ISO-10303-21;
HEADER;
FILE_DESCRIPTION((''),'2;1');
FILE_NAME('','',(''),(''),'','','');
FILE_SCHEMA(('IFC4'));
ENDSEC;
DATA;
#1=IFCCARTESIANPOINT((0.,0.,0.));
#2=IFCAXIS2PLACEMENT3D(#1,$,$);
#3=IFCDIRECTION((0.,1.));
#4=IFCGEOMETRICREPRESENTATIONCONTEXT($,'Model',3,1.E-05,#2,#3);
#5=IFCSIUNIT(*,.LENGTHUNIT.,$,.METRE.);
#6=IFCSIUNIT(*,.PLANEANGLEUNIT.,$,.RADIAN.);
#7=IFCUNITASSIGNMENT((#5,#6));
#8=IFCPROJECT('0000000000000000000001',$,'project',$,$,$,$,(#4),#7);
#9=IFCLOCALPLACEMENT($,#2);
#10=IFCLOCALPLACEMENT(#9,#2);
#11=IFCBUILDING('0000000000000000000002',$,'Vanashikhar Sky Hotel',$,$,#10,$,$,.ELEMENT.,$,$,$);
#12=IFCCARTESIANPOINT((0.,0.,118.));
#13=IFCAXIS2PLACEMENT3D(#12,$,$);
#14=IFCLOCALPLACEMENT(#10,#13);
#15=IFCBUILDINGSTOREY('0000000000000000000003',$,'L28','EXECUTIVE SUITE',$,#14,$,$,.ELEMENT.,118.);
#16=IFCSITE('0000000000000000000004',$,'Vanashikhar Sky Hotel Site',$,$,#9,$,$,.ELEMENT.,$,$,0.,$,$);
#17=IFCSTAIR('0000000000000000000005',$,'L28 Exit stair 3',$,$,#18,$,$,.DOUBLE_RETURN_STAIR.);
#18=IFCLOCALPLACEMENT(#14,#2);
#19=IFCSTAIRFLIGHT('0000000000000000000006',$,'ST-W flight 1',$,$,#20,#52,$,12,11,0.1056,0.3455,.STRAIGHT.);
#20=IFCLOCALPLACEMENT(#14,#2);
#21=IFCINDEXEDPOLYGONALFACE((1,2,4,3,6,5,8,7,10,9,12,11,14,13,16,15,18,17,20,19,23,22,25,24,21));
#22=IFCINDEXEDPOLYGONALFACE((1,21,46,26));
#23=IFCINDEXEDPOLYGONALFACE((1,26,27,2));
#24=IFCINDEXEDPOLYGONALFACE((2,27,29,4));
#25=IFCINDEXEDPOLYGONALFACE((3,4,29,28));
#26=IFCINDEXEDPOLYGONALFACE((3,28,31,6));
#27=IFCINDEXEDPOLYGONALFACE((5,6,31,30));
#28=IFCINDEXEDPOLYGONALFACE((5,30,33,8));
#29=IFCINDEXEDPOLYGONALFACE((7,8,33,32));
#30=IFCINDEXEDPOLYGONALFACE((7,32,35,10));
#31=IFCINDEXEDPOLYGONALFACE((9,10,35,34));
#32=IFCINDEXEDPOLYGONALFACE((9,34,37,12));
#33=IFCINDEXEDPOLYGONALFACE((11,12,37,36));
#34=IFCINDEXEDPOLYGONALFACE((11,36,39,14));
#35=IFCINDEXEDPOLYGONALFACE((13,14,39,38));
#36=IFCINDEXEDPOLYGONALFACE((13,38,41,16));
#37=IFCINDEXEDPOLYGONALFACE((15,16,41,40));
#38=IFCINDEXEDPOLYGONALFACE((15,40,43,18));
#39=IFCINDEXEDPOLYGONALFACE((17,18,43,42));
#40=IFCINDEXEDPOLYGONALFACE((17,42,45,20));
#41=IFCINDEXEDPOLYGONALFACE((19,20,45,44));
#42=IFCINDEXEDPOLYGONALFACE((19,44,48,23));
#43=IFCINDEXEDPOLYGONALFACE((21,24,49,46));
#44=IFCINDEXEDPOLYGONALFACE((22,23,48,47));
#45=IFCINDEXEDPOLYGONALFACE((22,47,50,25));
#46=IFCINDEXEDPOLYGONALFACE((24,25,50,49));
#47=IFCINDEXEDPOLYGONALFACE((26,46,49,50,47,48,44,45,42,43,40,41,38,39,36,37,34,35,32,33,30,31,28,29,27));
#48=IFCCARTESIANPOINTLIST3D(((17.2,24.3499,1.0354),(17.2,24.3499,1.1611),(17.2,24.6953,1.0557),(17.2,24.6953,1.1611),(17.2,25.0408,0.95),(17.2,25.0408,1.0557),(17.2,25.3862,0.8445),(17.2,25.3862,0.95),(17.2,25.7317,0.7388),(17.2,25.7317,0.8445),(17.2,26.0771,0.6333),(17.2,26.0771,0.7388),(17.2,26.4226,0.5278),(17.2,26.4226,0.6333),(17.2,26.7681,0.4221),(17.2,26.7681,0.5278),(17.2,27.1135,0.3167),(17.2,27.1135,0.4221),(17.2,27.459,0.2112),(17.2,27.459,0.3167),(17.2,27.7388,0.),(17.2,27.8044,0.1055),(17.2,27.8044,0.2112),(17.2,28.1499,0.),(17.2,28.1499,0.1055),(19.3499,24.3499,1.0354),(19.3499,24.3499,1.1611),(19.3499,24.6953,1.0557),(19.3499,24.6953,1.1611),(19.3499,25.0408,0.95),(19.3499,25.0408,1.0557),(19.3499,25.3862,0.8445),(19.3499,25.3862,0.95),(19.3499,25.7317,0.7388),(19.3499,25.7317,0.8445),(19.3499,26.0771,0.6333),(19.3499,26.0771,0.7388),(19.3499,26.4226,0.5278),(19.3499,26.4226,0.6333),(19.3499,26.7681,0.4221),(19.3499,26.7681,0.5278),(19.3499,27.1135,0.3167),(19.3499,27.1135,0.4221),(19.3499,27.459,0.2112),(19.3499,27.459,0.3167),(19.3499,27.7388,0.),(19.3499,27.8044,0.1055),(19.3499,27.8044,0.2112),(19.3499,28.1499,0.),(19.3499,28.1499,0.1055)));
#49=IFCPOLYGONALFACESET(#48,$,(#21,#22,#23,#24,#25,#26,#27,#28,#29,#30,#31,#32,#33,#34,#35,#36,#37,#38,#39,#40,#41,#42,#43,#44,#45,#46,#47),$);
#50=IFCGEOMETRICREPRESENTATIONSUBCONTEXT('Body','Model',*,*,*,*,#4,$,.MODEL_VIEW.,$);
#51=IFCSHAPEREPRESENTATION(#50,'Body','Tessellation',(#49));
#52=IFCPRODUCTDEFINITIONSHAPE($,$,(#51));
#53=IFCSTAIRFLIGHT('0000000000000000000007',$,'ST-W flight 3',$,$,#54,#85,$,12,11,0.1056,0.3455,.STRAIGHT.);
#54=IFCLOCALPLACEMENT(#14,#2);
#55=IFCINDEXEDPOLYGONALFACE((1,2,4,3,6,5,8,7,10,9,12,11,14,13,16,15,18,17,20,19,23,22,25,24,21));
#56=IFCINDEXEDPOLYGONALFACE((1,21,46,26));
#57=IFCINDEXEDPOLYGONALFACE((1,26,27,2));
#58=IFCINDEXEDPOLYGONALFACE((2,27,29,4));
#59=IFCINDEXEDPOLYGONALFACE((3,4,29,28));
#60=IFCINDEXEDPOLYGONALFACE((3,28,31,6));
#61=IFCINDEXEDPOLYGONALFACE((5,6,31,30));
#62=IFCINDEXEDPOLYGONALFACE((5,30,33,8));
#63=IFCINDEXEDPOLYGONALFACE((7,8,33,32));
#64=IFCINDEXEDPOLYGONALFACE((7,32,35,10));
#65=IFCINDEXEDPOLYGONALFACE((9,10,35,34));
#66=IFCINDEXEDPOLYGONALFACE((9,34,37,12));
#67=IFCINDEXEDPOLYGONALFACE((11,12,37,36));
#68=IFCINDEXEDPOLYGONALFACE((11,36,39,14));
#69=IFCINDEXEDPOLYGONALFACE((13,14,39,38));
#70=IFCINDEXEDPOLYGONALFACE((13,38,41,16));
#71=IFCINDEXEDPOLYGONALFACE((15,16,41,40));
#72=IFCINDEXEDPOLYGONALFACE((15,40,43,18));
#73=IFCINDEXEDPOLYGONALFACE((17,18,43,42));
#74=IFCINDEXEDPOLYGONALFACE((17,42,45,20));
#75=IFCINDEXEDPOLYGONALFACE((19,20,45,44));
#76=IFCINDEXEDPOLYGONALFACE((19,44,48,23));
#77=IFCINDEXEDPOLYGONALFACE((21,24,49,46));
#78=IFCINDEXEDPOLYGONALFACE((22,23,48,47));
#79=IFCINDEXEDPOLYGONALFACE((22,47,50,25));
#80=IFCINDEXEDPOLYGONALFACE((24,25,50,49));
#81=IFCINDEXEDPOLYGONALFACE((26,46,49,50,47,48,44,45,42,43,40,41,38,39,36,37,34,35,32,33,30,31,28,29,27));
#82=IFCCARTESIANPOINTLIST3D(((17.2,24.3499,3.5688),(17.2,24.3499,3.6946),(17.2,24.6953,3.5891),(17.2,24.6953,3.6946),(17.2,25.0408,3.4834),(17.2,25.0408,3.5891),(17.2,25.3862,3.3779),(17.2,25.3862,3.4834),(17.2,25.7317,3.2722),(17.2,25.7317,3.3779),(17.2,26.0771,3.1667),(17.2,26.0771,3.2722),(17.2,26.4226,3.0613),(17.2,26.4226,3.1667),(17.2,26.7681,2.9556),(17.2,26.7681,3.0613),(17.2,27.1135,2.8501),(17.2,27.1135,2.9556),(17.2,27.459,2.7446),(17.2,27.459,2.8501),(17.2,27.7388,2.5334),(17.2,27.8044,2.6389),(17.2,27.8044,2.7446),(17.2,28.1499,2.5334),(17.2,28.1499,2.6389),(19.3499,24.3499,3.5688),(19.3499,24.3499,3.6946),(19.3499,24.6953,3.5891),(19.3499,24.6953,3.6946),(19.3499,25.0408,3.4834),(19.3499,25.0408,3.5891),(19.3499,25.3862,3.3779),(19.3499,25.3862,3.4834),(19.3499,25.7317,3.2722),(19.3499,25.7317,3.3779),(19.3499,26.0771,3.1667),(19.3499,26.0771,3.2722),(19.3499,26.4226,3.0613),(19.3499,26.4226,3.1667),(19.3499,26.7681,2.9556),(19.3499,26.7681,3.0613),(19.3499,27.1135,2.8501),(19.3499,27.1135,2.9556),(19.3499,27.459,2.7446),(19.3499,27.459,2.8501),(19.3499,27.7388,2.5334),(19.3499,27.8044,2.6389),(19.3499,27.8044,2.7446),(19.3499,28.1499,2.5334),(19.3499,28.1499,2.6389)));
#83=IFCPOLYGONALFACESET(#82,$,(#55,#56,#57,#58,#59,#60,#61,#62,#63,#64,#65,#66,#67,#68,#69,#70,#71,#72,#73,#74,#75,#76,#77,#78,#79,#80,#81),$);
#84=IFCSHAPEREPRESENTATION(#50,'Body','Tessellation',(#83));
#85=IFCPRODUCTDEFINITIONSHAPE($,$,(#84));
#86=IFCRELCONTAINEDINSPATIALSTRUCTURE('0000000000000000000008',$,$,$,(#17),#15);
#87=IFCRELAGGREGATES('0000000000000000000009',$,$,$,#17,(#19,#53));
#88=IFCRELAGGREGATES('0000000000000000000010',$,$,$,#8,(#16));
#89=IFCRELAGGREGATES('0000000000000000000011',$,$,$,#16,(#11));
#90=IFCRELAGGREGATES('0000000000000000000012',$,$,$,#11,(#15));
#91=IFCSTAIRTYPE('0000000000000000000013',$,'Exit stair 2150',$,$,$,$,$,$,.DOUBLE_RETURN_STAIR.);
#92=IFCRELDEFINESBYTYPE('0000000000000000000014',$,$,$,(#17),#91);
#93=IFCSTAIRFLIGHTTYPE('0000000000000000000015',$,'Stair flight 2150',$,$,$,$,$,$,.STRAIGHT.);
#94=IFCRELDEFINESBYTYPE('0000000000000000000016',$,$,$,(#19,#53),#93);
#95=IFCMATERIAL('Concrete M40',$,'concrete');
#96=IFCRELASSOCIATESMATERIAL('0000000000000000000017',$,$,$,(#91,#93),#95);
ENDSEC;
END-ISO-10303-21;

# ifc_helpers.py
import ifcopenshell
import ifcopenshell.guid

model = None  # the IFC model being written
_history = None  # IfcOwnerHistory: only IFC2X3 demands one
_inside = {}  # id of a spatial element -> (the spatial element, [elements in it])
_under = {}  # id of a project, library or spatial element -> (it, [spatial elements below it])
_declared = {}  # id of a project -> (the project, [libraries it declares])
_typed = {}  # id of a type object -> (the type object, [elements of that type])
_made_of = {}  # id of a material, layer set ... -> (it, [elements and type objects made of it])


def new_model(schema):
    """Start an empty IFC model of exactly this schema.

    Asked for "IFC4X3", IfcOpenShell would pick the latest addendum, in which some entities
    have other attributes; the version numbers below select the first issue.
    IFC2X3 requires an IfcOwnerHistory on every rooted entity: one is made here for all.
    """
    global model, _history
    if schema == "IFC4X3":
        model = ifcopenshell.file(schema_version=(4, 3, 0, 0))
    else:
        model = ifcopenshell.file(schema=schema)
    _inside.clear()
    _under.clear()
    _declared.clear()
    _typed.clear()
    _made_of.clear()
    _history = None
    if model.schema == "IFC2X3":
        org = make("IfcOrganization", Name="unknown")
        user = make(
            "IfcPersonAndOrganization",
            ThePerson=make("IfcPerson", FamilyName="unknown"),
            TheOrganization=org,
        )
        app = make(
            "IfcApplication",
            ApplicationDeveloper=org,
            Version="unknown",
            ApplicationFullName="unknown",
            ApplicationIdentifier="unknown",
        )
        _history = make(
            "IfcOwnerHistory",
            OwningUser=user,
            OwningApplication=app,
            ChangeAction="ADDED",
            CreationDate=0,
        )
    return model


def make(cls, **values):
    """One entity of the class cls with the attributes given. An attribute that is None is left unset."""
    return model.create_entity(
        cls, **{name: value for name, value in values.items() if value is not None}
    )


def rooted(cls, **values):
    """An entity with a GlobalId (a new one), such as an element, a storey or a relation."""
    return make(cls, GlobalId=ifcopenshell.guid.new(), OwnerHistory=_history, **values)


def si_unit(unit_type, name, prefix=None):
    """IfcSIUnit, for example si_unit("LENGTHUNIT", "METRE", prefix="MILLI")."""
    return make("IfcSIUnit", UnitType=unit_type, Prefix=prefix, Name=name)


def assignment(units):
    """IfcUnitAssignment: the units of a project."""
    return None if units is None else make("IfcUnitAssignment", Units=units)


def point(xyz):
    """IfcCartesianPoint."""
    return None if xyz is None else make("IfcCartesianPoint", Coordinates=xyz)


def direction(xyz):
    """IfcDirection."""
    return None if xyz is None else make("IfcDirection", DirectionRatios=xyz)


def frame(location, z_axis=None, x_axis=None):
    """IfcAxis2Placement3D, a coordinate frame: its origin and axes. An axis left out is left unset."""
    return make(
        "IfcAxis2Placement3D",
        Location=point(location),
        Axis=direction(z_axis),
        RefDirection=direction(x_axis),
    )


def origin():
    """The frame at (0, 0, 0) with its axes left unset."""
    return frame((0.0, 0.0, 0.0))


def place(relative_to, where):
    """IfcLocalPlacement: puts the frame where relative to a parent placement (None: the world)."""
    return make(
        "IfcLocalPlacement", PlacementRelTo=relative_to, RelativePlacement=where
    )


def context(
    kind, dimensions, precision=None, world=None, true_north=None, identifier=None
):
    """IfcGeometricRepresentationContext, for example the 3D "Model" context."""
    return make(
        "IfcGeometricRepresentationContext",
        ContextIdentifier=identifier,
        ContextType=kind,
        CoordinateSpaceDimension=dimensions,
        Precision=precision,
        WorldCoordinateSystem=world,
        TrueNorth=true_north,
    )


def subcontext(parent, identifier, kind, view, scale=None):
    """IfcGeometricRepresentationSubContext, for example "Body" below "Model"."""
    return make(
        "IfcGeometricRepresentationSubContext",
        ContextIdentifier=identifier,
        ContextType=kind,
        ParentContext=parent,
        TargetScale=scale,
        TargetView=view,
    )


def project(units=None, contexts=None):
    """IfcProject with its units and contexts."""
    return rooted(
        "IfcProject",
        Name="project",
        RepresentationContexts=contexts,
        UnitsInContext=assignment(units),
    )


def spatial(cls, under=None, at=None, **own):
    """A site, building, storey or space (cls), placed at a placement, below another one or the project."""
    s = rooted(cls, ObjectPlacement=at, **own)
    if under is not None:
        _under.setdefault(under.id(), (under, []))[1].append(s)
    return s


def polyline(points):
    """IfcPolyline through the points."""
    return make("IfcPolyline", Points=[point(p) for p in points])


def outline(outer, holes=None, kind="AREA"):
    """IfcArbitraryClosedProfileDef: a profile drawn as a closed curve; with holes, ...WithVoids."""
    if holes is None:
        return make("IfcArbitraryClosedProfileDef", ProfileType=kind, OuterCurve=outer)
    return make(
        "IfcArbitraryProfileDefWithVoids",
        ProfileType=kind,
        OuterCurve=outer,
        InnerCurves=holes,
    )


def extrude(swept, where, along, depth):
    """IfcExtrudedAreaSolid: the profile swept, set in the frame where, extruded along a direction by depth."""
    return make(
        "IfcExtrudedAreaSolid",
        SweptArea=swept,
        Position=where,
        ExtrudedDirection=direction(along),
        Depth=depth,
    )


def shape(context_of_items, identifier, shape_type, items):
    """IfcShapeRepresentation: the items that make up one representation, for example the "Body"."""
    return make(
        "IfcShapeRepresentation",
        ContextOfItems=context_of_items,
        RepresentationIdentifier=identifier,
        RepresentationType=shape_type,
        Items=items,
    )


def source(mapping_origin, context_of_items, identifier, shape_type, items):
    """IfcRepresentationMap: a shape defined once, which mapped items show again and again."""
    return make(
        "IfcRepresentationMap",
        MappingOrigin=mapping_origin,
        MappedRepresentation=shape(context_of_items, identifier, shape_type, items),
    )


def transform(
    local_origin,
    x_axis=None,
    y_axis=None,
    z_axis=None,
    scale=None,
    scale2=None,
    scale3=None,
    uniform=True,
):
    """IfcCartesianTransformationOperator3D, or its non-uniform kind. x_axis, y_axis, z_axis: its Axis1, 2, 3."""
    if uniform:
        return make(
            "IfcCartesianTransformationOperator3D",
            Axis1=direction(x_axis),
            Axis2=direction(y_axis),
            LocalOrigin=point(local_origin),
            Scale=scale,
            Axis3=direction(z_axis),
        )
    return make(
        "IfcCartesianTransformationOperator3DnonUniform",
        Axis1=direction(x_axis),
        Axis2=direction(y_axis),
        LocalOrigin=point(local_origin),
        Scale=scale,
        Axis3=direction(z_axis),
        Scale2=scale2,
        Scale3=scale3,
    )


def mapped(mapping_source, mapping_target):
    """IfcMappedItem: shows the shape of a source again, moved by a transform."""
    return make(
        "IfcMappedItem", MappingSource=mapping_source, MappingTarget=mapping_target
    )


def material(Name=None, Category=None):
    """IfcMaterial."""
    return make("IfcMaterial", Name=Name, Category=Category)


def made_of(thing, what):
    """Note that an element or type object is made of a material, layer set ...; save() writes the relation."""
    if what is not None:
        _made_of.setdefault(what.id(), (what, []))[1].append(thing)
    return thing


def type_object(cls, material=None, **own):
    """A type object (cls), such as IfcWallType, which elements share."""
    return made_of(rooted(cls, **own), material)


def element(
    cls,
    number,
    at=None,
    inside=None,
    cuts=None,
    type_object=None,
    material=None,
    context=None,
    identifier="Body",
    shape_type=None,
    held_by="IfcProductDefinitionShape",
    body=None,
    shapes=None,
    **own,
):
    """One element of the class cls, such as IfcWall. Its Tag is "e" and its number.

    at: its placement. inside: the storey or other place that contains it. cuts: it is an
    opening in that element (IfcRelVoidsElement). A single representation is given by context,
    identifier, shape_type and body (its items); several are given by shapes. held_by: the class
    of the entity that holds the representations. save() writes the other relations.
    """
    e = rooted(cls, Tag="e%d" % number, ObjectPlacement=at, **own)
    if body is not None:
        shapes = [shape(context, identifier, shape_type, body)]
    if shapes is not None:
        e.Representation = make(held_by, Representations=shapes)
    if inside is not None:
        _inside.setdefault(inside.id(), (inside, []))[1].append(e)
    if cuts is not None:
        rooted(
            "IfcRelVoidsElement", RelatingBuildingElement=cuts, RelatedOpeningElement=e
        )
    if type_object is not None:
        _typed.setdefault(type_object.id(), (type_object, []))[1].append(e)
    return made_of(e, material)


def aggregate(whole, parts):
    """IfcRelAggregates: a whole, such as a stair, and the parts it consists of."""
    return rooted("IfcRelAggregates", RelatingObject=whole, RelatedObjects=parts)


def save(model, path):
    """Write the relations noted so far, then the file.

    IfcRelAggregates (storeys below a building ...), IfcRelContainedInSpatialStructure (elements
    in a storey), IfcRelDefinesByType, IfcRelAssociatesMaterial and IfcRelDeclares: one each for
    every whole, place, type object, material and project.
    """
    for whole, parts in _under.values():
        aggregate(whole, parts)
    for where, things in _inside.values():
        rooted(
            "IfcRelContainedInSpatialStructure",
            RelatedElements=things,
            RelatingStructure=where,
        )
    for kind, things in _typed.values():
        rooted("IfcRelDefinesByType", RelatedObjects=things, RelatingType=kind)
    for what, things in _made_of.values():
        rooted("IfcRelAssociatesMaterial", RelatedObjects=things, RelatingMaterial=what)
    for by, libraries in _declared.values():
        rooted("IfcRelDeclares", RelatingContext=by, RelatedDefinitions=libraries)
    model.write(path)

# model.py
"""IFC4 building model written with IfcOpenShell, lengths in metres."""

from ifc_helpers import new_model, si_unit, direction, frame, origin, place, context, subcontext, project, spatial, polyline, outline, extrude, source, transform, mapped, material, type_object, element, aggregate, save


model = new_model("IFC4")

# Units and contexts
model_context = context("Model", 3, precision=1e-05, world=origin(), true_north=direction((0.0, 1.0)))
body_context = subcontext(model_context, "Body", "Model", "MODEL_VIEW")
ifc_project = project(units=[si_unit("LENGTHUNIT", "METRE"), si_unit("PLANEANGLEUNIT", "RADIAN")], contexts=[model_context])

# Site, building, storey
site_placement = place(None, origin())
site = spatial("IfcSite", under=ifc_project, at=site_placement, Name="Vanashikhar Sky Hotel Site", CompositionType="ELEMENT", RefElevation=0.0)
building_placement = place(site_placement, origin())
building = spatial("IfcBuilding", under=site, at=building_placement, Name="Vanashikhar Sky Hotel", CompositionType="ELEMENT")
storey_placement = place(building_placement, frame((0.0, 0.0, 118.0)))
storey = spatial("IfcBuildingStorey", under=building, at=storey_placement, Name="L28", Description="EXECUTIVE SUITE", CompositionType="ELEMENT", Elevation=118.0)

# Stair, stair flights
ifc_material_1 = material(Name="Concrete M40", Category="concrete")
stair_type = type_object("IfcStairType", Name="Exit stair 2150", PredefinedType="DOUBLE_RETURN_STAIR", material=ifc_material_1)
stair_placement = place(storey_placement, origin())
stair = element("IfcStair", 1, at=stair_placement, inside=storey, type_object=stair_type, Name="L28 Exit stair 3", PredefinedType="DOUBLE_RETURN_STAIR")
stair_flight_type = type_object("IfcStairFlightType", Name="Stair flight 2150", PredefinedType="STRAIGHT", material=ifc_material_1)
shared_shape_1 = source(origin(), body_context, "Body", "SweptSolid", [
    extrude(outline(polyline([(0.0, 0.0), (0.0, 0.1055), (0.3455, 0.1055), (0.3455, 0.2112), (0.6909, 0.2112), (0.6909, 0.3167), (1.0364, 0.3167), (1.0364, 0.4221), (1.3818, 0.4221), (1.3818, 0.5278), (1.7273, 0.5278), (1.7273, 0.6333), (2.0728, 0.6333), (2.0728, 0.7388), (2.4182, 0.7388), (2.4182, 0.8445), (2.7637, 0.8445), (2.7637, 0.95), (3.1091, 0.95), (3.1091, 1.0557), (3.4546, 1.0557), (3.4546, 1.1611), (3.8, 1.1611), (3.8, 1.2666), (3.8, 1.0354), (0.4111, 0.0), (0.0, 0.0)])), frame((0.0, 1.075, 0.0), z_axis=(0.0, -1.0, 0.0), x_axis=(1.0, 0.0, 0.0)), (0.0, 0.0, 1.0), 2.1499),
])
stair_flight_1_placement = place(storey_placement, frame((18.2749, 28.1499, 0.0), z_axis=(0.0, 0.0, 1.0), x_axis=(0.0, -1.0, 0.0)))
stair_flight_1 = element("IfcStairFlight", 2, at=stair_flight_1_placement, type_object=stair_flight_type, Name="ST-W flight 1", NumberOfRisers=12, NumberOfTreads=11, PredefinedType="STRAIGHT", RiserHeight=0.1056, TreadLength=0.3455, context=body_context, shape_type="MappedRepresentation", body=[
    mapped(shared_shape_1, transform((0.0, 0.0, 0.0), scale=1.0)),
])
stair_flight_2_placement = place(storey_placement, frame((18.2749, 28.1499, 2.5334), z_axis=(0.0, 0.0, 1.0), x_axis=(0.0, -1.0, 0.0)))
stair_flight_2 = element("IfcStairFlight", 3, at=stair_flight_2_placement, type_object=stair_flight_type, Name="ST-W flight 3", NumberOfRisers=12, NumberOfTreads=11, PredefinedType="STRAIGHT", RiserHeight=0.1056, TreadLength=0.3455, context=body_context, shape_type="MappedRepresentation", body=[
    mapped(shared_shape_1, transform((0.0, 0.0, 0.0), scale=1.0)),
])
aggregate(stair, [stair_flight_1, stair_flight_2])

save(model, "model.ifc")
